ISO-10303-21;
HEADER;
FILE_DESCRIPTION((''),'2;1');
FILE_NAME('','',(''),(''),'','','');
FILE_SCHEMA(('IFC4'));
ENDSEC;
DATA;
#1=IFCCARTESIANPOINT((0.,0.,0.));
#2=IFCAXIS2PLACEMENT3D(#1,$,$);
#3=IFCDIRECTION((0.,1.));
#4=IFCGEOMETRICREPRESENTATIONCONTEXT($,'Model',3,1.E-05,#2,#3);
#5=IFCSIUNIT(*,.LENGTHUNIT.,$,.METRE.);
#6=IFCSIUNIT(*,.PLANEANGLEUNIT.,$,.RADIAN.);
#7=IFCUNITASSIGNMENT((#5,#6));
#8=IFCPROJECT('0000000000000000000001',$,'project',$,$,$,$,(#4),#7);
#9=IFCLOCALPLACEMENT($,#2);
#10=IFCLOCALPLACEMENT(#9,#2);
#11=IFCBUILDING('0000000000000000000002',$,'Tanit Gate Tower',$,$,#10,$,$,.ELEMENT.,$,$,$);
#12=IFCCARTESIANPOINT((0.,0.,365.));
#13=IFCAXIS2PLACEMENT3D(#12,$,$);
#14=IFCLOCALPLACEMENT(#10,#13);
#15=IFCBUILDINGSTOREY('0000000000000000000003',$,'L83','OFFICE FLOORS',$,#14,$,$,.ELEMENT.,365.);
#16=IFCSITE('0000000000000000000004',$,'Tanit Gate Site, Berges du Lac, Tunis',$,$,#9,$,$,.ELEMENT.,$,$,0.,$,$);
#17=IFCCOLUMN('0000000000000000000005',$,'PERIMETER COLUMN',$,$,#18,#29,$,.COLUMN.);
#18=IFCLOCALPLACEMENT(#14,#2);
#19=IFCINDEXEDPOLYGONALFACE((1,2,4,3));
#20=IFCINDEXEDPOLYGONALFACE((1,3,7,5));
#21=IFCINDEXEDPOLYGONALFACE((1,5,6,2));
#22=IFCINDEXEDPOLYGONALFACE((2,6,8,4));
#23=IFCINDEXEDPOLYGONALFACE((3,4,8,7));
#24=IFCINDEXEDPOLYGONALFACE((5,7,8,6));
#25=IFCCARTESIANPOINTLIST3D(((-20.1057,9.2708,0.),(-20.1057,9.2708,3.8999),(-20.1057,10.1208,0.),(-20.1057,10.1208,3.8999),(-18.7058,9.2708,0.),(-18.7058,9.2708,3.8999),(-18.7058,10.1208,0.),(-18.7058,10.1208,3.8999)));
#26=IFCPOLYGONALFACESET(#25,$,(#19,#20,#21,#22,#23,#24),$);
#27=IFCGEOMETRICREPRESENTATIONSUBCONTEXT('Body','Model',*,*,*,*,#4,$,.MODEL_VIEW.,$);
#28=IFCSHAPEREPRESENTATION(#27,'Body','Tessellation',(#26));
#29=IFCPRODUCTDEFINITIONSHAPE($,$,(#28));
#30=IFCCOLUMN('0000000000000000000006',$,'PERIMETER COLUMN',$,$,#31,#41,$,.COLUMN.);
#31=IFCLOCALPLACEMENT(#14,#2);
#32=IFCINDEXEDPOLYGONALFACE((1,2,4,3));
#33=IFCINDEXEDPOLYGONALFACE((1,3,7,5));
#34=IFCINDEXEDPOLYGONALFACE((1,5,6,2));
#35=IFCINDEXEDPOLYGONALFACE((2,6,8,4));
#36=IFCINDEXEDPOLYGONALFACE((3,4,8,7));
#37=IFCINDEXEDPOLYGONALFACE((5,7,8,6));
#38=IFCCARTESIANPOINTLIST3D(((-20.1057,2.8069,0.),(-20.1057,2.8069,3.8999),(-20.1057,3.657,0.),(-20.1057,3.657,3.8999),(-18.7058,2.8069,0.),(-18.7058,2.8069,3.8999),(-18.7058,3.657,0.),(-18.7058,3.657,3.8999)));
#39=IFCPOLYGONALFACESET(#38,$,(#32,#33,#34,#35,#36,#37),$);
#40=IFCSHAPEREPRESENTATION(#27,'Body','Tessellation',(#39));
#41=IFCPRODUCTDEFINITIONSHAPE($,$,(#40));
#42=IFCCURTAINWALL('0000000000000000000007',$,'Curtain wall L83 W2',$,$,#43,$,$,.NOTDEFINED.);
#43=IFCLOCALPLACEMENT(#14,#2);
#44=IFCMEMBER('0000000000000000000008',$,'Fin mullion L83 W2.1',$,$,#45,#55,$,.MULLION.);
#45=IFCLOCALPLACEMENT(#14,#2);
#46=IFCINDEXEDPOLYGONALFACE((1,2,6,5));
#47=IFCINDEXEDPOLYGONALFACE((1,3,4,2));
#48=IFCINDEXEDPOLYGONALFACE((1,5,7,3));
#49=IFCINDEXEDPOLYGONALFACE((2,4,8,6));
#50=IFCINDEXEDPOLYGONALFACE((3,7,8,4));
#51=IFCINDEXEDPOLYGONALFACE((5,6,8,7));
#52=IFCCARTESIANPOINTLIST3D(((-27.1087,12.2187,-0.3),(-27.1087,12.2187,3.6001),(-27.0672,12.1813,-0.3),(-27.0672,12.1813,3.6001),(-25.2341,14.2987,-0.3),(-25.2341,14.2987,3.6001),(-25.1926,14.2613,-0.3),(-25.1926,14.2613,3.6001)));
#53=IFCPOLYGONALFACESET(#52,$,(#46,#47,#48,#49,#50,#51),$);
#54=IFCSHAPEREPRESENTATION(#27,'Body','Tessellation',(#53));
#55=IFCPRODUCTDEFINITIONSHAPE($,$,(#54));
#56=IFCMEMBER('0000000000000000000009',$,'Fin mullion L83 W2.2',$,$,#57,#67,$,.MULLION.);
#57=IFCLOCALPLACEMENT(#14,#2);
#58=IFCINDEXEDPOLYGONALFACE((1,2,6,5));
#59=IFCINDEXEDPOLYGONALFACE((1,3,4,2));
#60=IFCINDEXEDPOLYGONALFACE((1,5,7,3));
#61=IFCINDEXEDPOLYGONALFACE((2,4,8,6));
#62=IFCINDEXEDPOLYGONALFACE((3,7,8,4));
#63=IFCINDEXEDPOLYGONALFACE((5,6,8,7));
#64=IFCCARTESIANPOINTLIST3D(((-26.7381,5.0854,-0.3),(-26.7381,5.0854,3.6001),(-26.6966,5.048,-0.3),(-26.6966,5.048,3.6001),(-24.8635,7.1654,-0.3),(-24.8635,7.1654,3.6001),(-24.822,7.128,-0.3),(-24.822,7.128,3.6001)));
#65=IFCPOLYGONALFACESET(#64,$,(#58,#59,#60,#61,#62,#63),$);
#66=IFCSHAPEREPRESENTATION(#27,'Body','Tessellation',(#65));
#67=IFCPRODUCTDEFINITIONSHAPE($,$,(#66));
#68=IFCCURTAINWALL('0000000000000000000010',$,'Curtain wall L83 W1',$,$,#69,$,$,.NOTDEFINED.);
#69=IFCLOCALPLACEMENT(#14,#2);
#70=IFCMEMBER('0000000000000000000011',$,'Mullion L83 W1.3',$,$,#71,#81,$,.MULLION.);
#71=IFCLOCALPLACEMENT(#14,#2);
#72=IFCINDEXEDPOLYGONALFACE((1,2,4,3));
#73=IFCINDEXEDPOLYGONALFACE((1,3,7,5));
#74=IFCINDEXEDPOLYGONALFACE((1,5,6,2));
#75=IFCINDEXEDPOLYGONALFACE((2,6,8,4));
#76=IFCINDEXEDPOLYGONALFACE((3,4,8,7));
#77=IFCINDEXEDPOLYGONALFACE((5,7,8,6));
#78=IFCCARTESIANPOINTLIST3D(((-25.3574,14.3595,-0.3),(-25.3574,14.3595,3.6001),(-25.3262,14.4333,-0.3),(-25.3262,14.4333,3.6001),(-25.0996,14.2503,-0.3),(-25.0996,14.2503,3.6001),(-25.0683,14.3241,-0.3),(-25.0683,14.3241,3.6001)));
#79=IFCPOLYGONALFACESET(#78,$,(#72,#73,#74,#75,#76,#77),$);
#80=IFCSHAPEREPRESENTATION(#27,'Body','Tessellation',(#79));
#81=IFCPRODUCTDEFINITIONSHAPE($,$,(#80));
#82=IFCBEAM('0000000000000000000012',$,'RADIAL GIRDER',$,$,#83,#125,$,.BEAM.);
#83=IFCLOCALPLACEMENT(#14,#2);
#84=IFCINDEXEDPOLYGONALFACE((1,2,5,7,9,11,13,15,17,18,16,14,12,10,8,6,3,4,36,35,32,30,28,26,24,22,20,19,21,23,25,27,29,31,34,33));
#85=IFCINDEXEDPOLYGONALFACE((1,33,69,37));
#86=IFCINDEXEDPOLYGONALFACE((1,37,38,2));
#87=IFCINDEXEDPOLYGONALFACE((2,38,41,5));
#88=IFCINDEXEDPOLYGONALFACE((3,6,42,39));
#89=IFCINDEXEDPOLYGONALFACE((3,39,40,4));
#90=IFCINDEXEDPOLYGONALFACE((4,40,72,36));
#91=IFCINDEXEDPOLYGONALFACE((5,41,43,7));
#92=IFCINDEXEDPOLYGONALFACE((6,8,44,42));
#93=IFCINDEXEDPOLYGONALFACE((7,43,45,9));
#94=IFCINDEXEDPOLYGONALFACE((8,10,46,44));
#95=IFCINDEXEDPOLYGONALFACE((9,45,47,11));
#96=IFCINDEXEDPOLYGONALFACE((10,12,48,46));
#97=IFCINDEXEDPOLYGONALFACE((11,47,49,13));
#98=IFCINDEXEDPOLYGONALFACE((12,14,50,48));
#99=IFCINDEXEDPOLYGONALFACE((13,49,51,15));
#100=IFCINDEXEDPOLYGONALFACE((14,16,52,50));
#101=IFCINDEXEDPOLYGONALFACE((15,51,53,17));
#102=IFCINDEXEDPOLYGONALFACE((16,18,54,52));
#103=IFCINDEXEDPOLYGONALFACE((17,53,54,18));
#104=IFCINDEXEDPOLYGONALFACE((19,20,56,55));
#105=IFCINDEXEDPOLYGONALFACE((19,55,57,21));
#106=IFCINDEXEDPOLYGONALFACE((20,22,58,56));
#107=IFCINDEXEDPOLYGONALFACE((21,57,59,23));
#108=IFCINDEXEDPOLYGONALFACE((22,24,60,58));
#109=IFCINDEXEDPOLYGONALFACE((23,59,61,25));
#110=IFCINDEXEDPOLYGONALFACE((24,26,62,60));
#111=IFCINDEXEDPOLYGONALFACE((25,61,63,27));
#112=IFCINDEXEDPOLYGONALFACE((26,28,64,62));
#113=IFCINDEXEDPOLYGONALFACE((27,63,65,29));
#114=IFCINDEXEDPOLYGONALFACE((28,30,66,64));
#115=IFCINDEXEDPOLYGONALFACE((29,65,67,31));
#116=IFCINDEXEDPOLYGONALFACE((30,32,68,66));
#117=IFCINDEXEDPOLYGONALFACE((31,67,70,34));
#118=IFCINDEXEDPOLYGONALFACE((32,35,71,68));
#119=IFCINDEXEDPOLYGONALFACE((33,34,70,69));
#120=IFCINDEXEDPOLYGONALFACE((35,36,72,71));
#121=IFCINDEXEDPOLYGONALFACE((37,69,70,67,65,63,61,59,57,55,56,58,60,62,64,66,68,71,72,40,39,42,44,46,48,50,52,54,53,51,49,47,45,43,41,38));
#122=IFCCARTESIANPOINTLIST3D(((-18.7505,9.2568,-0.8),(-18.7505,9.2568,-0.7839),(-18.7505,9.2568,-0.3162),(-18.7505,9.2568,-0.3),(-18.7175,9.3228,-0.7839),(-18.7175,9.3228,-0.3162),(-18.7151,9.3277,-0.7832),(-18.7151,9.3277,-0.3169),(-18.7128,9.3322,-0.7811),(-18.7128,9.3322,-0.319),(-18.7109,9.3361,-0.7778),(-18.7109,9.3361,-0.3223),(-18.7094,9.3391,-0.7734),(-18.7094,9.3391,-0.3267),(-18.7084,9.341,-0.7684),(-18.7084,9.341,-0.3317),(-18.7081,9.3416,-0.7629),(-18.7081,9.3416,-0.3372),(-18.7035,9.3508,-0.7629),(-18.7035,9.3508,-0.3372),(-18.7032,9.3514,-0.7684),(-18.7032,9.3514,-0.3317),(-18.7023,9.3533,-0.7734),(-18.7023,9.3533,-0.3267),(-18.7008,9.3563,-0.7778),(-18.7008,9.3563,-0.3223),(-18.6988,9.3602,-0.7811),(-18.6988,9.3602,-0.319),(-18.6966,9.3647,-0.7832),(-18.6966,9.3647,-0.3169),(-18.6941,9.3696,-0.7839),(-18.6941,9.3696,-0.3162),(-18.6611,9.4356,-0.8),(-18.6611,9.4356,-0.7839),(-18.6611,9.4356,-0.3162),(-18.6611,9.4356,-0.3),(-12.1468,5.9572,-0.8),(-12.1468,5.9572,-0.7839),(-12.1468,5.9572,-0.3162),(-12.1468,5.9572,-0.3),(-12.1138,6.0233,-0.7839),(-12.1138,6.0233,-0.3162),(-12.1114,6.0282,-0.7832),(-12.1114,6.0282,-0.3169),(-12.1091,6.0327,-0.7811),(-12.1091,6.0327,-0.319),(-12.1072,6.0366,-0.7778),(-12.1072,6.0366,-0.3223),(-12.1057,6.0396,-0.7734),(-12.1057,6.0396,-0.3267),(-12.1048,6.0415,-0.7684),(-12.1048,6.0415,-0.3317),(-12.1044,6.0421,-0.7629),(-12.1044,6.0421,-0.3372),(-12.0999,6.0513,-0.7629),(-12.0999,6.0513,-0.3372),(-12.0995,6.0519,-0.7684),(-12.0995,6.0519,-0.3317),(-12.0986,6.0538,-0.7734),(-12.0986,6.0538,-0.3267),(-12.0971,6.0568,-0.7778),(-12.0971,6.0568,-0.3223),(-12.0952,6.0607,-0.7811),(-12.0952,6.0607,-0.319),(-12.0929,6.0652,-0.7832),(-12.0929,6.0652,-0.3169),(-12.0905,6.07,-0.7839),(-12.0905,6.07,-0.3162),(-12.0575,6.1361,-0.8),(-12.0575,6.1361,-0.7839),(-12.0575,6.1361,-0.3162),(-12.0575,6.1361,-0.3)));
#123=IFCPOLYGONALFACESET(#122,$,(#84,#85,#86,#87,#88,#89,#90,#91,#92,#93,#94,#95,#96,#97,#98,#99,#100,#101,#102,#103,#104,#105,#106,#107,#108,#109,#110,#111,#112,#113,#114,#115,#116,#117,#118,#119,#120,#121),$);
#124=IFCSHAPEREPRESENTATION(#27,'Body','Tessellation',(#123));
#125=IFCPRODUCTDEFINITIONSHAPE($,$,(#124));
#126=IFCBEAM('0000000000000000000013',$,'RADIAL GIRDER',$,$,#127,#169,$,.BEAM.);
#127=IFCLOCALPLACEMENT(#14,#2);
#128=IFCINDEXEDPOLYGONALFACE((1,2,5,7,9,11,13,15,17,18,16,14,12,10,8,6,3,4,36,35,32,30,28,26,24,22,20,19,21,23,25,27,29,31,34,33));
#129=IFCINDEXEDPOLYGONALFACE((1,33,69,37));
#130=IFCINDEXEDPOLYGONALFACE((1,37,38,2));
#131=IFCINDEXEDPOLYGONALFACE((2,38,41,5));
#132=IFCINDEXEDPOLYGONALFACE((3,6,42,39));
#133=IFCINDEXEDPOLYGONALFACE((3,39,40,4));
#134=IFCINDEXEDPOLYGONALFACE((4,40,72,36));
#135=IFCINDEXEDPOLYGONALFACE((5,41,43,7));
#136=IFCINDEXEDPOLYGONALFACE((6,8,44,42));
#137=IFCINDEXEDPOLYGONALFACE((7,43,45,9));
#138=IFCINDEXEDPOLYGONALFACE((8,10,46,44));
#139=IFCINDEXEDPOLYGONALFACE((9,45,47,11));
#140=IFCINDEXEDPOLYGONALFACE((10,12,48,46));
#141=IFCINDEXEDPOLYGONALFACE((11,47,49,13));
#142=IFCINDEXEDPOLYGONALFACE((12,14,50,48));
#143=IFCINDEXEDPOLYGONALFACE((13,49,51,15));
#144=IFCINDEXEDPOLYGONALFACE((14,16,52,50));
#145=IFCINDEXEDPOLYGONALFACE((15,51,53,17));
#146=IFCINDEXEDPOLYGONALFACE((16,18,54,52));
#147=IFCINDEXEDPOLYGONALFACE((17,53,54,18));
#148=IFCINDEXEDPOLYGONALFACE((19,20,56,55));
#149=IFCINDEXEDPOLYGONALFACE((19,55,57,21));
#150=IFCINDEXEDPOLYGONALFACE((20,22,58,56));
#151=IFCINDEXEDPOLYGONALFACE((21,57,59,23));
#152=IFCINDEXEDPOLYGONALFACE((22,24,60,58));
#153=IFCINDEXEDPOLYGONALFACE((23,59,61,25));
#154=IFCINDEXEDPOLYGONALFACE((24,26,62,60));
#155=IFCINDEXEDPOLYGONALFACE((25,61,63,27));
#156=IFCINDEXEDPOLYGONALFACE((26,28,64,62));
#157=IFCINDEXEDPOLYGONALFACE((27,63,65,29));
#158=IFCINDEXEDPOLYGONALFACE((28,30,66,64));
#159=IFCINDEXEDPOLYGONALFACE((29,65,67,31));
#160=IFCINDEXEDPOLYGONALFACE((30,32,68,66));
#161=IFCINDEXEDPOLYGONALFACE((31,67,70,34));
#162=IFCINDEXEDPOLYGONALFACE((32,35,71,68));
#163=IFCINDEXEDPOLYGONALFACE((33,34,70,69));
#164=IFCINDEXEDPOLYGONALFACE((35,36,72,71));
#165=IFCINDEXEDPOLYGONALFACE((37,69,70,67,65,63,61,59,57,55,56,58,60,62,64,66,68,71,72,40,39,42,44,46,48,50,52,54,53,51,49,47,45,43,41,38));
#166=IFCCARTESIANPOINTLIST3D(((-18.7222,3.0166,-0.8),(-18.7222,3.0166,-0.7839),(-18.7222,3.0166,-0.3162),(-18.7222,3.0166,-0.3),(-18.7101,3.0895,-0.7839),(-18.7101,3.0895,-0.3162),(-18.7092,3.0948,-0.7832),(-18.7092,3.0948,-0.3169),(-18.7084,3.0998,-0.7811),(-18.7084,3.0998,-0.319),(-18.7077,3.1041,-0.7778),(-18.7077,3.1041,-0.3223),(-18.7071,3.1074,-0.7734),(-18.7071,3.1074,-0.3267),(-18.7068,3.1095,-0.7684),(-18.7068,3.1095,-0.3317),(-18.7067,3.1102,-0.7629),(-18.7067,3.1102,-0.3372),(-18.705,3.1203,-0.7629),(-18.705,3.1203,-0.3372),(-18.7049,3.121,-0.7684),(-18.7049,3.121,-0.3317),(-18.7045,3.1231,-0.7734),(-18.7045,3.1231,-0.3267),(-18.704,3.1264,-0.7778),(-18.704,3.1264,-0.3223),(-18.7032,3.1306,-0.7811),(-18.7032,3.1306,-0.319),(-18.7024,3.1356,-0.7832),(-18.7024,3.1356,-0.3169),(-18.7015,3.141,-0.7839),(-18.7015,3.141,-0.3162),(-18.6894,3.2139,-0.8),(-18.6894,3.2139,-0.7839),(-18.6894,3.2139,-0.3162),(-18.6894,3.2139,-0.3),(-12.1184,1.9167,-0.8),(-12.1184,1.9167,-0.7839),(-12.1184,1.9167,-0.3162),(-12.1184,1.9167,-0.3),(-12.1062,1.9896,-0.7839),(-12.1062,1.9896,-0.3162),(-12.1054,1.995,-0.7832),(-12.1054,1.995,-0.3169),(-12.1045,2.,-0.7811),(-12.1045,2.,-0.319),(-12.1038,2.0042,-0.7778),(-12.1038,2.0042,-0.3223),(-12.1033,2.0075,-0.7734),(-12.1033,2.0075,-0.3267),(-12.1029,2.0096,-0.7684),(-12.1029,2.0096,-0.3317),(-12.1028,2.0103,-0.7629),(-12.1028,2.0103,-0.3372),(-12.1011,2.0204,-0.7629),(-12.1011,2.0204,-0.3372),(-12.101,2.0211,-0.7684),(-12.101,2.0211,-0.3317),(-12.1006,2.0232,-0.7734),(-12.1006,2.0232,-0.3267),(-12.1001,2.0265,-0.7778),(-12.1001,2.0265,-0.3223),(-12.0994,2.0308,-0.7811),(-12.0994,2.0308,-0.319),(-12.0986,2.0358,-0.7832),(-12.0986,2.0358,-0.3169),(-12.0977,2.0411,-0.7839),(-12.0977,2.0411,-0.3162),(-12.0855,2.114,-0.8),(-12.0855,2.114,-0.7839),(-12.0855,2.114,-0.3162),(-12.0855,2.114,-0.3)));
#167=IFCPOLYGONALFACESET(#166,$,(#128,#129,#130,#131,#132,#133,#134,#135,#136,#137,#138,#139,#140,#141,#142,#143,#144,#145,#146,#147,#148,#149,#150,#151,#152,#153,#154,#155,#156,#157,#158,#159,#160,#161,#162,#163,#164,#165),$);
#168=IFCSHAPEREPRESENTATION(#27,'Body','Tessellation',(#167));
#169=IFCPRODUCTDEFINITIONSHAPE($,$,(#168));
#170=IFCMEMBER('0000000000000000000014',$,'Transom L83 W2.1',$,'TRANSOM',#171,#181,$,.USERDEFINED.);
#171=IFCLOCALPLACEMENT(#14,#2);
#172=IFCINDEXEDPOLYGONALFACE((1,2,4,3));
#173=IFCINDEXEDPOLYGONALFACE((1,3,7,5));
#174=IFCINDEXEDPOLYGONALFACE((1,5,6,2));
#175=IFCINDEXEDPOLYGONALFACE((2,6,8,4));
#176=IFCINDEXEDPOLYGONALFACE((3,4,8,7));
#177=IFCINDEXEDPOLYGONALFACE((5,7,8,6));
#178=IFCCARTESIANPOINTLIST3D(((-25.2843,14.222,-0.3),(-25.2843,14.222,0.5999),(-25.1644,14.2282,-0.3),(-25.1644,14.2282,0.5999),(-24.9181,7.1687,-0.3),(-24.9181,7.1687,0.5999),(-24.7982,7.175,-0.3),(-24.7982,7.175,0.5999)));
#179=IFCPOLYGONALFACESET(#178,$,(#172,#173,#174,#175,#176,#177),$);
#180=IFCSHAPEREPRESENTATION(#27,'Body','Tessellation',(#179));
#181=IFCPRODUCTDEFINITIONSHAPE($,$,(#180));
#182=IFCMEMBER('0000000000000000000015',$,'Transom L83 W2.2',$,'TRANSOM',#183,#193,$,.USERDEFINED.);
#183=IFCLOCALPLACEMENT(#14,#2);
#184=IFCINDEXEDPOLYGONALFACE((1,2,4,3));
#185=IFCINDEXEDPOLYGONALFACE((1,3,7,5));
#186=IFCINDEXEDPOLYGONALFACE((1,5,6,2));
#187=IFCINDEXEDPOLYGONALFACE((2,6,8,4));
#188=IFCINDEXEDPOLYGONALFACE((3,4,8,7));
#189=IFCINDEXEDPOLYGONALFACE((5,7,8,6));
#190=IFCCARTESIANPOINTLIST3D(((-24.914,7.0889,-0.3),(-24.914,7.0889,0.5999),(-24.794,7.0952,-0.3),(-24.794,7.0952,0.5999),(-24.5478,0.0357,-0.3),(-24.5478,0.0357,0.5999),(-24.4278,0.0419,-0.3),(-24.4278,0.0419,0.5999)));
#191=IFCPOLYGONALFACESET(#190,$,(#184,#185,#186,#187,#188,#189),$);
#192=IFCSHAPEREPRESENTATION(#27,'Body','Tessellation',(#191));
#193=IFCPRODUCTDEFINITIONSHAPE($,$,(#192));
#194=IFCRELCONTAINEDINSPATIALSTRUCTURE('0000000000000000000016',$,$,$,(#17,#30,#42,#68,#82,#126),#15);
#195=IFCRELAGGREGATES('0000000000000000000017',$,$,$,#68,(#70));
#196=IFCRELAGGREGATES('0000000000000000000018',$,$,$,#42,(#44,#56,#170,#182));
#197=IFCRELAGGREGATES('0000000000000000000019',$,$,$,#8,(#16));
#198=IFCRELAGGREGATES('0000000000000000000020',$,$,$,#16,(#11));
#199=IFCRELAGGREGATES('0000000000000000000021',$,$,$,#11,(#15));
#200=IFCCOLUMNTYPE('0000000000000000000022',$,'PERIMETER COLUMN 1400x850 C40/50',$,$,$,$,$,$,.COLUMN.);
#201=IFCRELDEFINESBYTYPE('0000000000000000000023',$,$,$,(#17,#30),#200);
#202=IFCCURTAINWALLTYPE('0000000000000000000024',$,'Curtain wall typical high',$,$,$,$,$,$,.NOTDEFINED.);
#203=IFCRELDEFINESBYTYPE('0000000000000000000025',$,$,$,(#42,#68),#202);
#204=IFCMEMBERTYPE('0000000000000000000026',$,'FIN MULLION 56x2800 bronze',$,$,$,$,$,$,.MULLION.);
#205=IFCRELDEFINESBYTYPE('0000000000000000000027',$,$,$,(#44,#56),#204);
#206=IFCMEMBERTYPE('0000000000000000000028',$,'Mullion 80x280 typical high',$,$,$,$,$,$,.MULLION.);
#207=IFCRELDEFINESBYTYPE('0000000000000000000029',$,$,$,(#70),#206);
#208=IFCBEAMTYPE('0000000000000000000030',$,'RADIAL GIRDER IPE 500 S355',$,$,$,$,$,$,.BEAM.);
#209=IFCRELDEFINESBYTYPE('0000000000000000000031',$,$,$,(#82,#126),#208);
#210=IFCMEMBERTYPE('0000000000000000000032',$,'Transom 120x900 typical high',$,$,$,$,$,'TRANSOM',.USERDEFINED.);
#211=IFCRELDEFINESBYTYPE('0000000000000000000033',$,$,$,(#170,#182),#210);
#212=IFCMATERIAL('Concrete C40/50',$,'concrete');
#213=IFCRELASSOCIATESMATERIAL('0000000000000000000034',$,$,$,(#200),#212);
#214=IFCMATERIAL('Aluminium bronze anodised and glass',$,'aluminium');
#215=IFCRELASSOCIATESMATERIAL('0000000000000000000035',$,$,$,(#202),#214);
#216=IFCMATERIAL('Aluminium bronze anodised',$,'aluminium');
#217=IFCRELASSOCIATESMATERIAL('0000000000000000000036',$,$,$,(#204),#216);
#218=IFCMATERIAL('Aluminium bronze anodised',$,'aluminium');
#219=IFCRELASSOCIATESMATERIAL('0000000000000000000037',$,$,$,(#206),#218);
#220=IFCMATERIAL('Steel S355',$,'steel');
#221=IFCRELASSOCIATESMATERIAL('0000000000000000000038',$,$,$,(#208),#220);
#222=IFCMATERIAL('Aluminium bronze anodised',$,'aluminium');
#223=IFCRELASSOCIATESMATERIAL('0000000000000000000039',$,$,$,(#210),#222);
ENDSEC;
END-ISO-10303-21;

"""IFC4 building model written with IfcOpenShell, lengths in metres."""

from ifc_helpers import new_model, si_unit, direction, frame, origin, origin_2d, place, context, subcontext, project, spatial, rectangle, i_section, extrude, material, material_profile, profile_set, type_object, element, aggregate, save


model = new_model("IFC4")

# Units and contexts
model_context = context("Model", 3, precision=1e-05, world=origin(), true_north=direction((0.0, 1.0)))
body_context = subcontext(model_context, "Body", "Model", "MODEL_VIEW")
ifc_project = project(units=[si_unit("LENGTHUNIT", "METRE"), si_unit("PLANEANGLEUNIT", "RADIAN")], contexts=[model_context])

# Site, building, storey
site_placement = place(None, origin())
site = spatial("IfcSite", under=ifc_project, at=site_placement, Name="Tanit Gate Site, Berges du Lac, Tunis", CompositionType="ELEMENT", RefElevation=0.0)
building_placement = place(site_placement, origin())
building = spatial("IfcBuilding", under=site, at=building_placement, Name="Tanit Gate Tower", CompositionType="ELEMENT")
storey_placement = place(building_placement, frame((0.0, 0.0, 365.0)))
storey = spatial("IfcBuildingStorey", under=building, at=storey_placement, Name="L83", Description="OFFICE FLOORS", CompositionType="ELEMENT", Elevation=365.0)

# Columns
ifc_material_1 = material(Name="Concrete C40/50", Category="concrete")
ifc_material_profile_1 = material_profile(ifc_material_1, rectangle(XDim=1.3999, YDim=0.8501, at=origin_2d()), Name="RC 1400x850")
ifc_profile_set_1 = profile_set([ifc_material_profile_1], Name="Concrete C40/50")
column_type = type_object("IfcColumnType", Name="PERIMETER COLUMN 1400x850 C40/50", PredefinedType="COLUMN", material=ifc_profile_set_1)
for number, where, z_axis, x_axis, name in (
    (1, (-19.4058, 9.6958, 0.0), (0.0, 0.0, 1.0), (-1.0, 0.0, 0.0), "PERIMETER COLUMN"),
    (2, (-19.4058, 3.2319, 0.0), (0.0, 0.0, 1.0), (-1.0, 0.0, 0.0), "PERIMETER COLUMN"),
):
    element("IfcColumn", number, at=place(storey_placement, frame(where, z_axis=z_axis, x_axis=x_axis)), inside=storey, type_object=column_type, Name=name, PredefinedType="COLUMN", context=body_context, shape_type="SweptSolid", body=[
        extrude(rectangle(XDim=1.3999, YDim=0.8501, at=origin_2d()), origin(), (0.0, 0.0, 1.0), 3.8999),
    ])

# Curtain wall, members
ifc_material_2 = material(Name="Aluminium bronze anodised and glass", Category="aluminium")
curtain_wall_type = type_object("IfcCurtainWallType", Name="Curtain wall typical high", PredefinedType="NOTDEFINED", material=ifc_material_2)
curtain_wall_1_placement = place(storey_placement, origin())
curtain_wall_1 = element("IfcCurtainWall", 3, at=curtain_wall_1_placement, inside=storey, type_object=curtain_wall_type, Name="Curtain wall L83 W2", PredefinedType="NOTDEFINED")
ifc_material_3 = material(Name="Aluminium bronze anodised", Category="aluminium")
ifc_material_profile_2 = material_profile(ifc_material_3, rectangle(XDim=2.8, YDim=0.0559, at=origin_2d()), Name="56x2800 bronze fin mullion")
ifc_profile_set_2 = profile_set([ifc_material_profile_2], Name="Aluminium bronze anodised")
member_type_1 = type_object("IfcMemberType", Name="FIN MULLION 56x2800 bronze", PredefinedType="MULLION", material=ifc_profile_set_2)
member_1_placement = place(storey_placement, frame((-26.1506, 13.24, -0.3), z_axis=(0.0, 0.0, 1.0), x_axis=(0.669481, 0.742829, 0.0)))
member_1 = element("IfcMember", 4, at=member_1_placement, type_object=member_type_1, Name="Fin mullion L83 W2.1", PredefinedType="MULLION", context=body_context, shape_type="SweptSolid", body=[
    extrude(rectangle(XDim=2.8, YDim=0.0559, at=origin_2d()), origin(), (0.0, 0.0, 1.0), 3.9001),
])
member_2_placement = place(storey_placement, frame((-25.78, 6.1067, -0.3), z_axis=(0.0, 0.0, 1.0), x_axis=(0.669481, 0.742829, 0.0)))
member_2 = element("IfcMember", 5, at=member_2_placement, type_object=member_type_1, Name="Fin mullion L83 W2.2", PredefinedType="MULLION", context=body_context, shape_type="SweptSolid", body=[
    extrude(rectangle(XDim=2.8, YDim=0.0559, at=origin_2d()), origin(), (0.0, 0.0, 1.0), 3.9001),
])

# Curtain wall, member
curtain_wall_2_placement = place(storey_placement, origin())
curtain_wall_2 = element("IfcCurtainWall", 6, at=curtain_wall_2_placement, inside=storey, type_object=curtain_wall_type, Name="Curtain wall L83 W1", PredefinedType="NOTDEFINED")
ifc_material_4 = material(Name="Aluminium bronze anodised", Category="aluminium")
ifc_material_profile_3 = material_profile(ifc_material_4, rectangle(XDim=0.28, YDim=0.0801, at=origin_2d()), Name="80x280 bronze mullion")
ifc_profile_set_3 = profile_set([ifc_material_profile_3], Name="Aluminium bronze anodised")
member_type_2 = type_object("IfcMemberType", Name="Mullion 80x280 typical high", PredefinedType="MULLION", material=ifc_profile_set_3)
member_3_placement = place(storey_placement, frame((-25.2129, 14.3418, -0.3), z_axis=(0.0, 0.0, 1.0), x_axis=(0.920855, -0.389906, 0.0)))
member_3 = element("IfcMember", 7, at=member_3_placement, type_object=member_type_2, Name="Mullion L83 W1.3", PredefinedType="MULLION", context=body_context, shape_type="SweptSolid", body=[
    extrude(rectangle(XDim=0.28, YDim=0.0801, at=origin_2d()), origin(), (0.0, 0.0, 1.0), 3.9001),
])
aggregate(curtain_wall_2, [member_3])

# Beams
ifc_material_5 = material(Name="Steel S355", Category="steel")
ifc_material_profile_4 = material_profile(ifc_material_5, i_section(OverallWidth=0.2, OverallDepth=0.5, WebThickness=0.0103, FlangeThickness=0.0161, FilletRadius=0.021, at=origin_2d()), Name="IPE 500")
ifc_profile_set_4 = profile_set([ifc_material_profile_4], Name="Steel S355")
beam_type = type_object("IfcBeamType", Name="RADIAL GIRDER IPE 500 S355", PredefinedType="BEAM", material=ifc_profile_set_4)
beam_1_placement = place(storey_placement, frame((-18.7058, 9.3462, -0.55), z_axis=(0.894553, -0.446962, 0.0), x_axis=(0.446962, 0.894553, 0.0)))
element("IfcBeam", 8, at=beam_1_placement, inside=storey, type_object=beam_type, Name="RADIAL GIRDER", PredefinedType="BEAM", context=body_context, shape_type="SweptSolid", body=[
    extrude(i_section(OverallWidth=0.2, OverallDepth=0.5, WebThickness=0.0103, FlangeThickness=0.0161, FilletRadius=0.021, at=origin_2d()), origin(), (0.0, 0.0, 1.0), 7.3821),
])
beam_2_placement = place(storey_placement, frame((-18.7058, 3.1152, -0.55), z_axis=(0.986413, -0.164287, 0.0), x_axis=(0.164287, 0.986413, 0.0)))
element("IfcBeam", 9, at=beam_2_placement, inside=storey, type_object=beam_type, Name="RADIAL GIRDER", PredefinedType="BEAM", context=body_context, shape_type="SweptSolid", body=[
    extrude(i_section(OverallWidth=0.2, OverallDepth=0.5, WebThickness=0.0103, FlangeThickness=0.0161, FilletRadius=0.021, at=origin_2d()), origin(), (0.0, 0.0, 1.0), 6.6948),
])

# Members
ifc_material_6 = material(Name="Aluminium bronze anodised", Category="aluminium")
ifc_material_profile_5 = material_profile(ifc_material_6, rectangle(XDim=0.1201, YDim=0.8999, at=origin_2d()), Name="120x900 bronze transom")
ifc_profile_set_5 = profile_set([ifc_material_profile_5], Name="Aluminium bronze anodised")
member_type_3 = type_object("IfcMemberType", Name="Transom 120x900 typical high", ElementType="TRANSOM", PredefinedType="USERDEFINED", material=ifc_profile_set_5)
member_4_placement = place(storey_placement, frame((-25.2244, 14.2251, 0.1499), z_axis=(0.051851, -0.998655, 0.0), x_axis=(0.998655, 0.051851, 0.0)))
member_4 = element("IfcMember", 10, at=member_4_placement, type_object=member_type_3, Name="Transom L83 W2.1", ObjectType="TRANSOM", PredefinedType="USERDEFINED", context=body_context, shape_type="SweptSolid", body=[
    extrude(rectangle(XDim=0.1201, YDim=0.8999, at=origin_2d()), origin(), (0.0, 0.0, 1.0), 7.0627),
])
member_5_placement = place(storey_placement, frame((-24.854, 7.092, 0.1499), z_axis=(0.051851, -0.998655, 0.0), x_axis=(0.998655, 0.051851, 0.0)))
member_5 = element("IfcMember", 11, at=member_5_placement, type_object=member_type_3, Name="Transom L83 W2.2", ObjectType="TRANSOM", PredefinedType="USERDEFINED", context=body_context, shape_type="SweptSolid", body=[
    extrude(rectangle(XDim=0.1201, YDim=0.8999, at=origin_2d()), origin(), (0.0, 0.0, 1.0), 7.0627),
])

aggregate(curtain_wall_1, [member_1, member_2, member_4, member_5])

save(model, "model.ifc")
